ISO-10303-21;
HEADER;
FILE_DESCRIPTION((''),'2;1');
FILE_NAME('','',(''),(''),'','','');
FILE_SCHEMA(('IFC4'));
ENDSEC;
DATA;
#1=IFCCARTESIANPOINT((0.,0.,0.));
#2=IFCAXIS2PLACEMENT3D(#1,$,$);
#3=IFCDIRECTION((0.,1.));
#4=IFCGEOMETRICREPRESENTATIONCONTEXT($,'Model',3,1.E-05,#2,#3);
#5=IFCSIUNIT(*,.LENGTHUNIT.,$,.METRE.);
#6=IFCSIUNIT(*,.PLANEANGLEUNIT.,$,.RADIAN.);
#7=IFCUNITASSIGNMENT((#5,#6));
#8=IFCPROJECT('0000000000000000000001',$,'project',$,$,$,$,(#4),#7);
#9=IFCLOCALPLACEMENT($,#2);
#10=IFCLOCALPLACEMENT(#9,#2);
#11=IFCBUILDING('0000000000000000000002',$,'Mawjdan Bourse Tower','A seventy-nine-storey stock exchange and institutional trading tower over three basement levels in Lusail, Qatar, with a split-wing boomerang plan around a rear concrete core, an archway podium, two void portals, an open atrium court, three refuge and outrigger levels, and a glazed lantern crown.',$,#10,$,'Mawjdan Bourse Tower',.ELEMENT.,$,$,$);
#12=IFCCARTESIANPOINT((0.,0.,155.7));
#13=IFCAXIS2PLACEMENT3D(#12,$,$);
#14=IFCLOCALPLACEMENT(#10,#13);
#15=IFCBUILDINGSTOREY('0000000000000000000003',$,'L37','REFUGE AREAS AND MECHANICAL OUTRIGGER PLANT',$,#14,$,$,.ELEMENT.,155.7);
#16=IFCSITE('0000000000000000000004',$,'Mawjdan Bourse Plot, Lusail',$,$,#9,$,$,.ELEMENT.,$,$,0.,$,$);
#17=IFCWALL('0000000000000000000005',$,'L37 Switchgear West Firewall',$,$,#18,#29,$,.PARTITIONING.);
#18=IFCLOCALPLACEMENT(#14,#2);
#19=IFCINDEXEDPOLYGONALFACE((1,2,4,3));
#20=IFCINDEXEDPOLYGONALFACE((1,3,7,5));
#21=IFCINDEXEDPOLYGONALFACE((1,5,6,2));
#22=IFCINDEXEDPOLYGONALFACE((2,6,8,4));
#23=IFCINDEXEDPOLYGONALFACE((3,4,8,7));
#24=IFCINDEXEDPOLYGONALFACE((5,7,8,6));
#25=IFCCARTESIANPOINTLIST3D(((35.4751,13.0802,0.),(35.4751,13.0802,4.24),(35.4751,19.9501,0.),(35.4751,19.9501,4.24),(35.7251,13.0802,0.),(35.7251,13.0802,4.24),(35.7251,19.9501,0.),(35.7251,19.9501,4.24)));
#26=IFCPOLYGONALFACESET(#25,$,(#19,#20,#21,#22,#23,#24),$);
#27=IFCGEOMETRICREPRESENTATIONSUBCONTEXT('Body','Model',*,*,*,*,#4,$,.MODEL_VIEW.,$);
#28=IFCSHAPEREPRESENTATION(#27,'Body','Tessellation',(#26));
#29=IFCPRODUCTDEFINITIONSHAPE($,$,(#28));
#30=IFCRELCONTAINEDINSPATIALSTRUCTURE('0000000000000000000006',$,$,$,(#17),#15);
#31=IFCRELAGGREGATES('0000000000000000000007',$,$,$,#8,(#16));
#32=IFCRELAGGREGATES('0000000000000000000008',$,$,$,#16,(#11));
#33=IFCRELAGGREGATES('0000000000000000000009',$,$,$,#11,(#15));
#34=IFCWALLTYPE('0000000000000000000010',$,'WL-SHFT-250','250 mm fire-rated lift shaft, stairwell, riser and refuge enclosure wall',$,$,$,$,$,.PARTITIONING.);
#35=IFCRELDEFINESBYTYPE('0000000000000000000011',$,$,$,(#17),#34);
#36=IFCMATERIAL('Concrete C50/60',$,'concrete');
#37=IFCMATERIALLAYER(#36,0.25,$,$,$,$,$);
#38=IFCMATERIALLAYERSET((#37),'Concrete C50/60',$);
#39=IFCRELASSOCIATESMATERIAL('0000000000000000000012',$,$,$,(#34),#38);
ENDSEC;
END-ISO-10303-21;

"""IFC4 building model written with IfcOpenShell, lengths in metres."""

from ifc_helpers import new_model, si_unit, direction, frame, frame_2d, origin, place, context, subcontext, project, spatial, rectangle, extrude, material, layer, layer_set, type_object, element, save


model = new_model("IFC4")

# Units and contexts
model_context = context("Model", 3, precision=1e-05, world=origin(), true_north=direction((0.0, 1.0)))
body_context = subcontext(model_context, "Body", "Model", "MODEL_VIEW")
ifc_project = project(units=[si_unit("LENGTHUNIT", "METRE"), si_unit("PLANEANGLEUNIT", "RADIAN")], contexts=[model_context])

# Site, building, storey
site_placement = place(None, origin())
site = spatial("IfcSite", under=ifc_project, at=site_placement, Name="Mawjdan Bourse Plot, Lusail", CompositionType="ELEMENT", RefElevation=0.0)
building_placement = place(site_placement, origin())
building = spatial("IfcBuilding", under=site, at=building_placement, Name="Mawjdan Bourse Tower", Description="A seventy-nine-storey stock exchange and institutional trading tower over three basement levels in Lusail, Qatar, with a split-wing boomerang plan around a rear concrete core, an archway podium, two void portals, an open atrium court, three refuge and outrigger levels, and a glazed lantern crown.", LongName="Mawjdan Bourse Tower", CompositionType="ELEMENT")
storey_placement = place(building_placement, frame((0.0, 0.0, 155.7)))
storey = spatial("IfcBuildingStorey", under=building, at=storey_placement, Name="L37", Description="REFUGE AREAS AND MECHANICAL OUTRIGGER PLANT", CompositionType="ELEMENT", Elevation=155.7)

# Wall
ifc_material_1 = material(Name="Concrete C50/60", Category="concrete")
ifc_layer_1 = layer(ifc_material_1, 0.25)
ifc_layer_set_1 = layer_set([ifc_layer_1], Name="Concrete C50/60")
wall_type_1 = type_object("IfcWallType", Name="WL-SHFT-250", Description="250 mm fire-rated lift shaft, stairwell, riser and refuge enclosure wall", PredefinedType="PARTITIONING", material=ifc_layer_set_1)
wall_1_placement = place(storey_placement, frame((35.6001, 13.0801, 0.0), z_axis=(0.0, 0.0, 1.0), x_axis=(0.0, 1.0, 0.0)))
element("IfcWall", 1, at=wall_1_placement, inside=storey, type_object=wall_type_1, Name="L37 Switchgear West Firewall", PredefinedType="PARTITIONING", context=body_context, shape_type="SweptSolid", body=[
    extrude(rectangle(XDim=6.8699, YDim=0.25, at=frame_2d((3.4351, 0.0))), origin(), (0.0, 0.0, 1.0), 4.24),
])

save(model, "model.ifc")
